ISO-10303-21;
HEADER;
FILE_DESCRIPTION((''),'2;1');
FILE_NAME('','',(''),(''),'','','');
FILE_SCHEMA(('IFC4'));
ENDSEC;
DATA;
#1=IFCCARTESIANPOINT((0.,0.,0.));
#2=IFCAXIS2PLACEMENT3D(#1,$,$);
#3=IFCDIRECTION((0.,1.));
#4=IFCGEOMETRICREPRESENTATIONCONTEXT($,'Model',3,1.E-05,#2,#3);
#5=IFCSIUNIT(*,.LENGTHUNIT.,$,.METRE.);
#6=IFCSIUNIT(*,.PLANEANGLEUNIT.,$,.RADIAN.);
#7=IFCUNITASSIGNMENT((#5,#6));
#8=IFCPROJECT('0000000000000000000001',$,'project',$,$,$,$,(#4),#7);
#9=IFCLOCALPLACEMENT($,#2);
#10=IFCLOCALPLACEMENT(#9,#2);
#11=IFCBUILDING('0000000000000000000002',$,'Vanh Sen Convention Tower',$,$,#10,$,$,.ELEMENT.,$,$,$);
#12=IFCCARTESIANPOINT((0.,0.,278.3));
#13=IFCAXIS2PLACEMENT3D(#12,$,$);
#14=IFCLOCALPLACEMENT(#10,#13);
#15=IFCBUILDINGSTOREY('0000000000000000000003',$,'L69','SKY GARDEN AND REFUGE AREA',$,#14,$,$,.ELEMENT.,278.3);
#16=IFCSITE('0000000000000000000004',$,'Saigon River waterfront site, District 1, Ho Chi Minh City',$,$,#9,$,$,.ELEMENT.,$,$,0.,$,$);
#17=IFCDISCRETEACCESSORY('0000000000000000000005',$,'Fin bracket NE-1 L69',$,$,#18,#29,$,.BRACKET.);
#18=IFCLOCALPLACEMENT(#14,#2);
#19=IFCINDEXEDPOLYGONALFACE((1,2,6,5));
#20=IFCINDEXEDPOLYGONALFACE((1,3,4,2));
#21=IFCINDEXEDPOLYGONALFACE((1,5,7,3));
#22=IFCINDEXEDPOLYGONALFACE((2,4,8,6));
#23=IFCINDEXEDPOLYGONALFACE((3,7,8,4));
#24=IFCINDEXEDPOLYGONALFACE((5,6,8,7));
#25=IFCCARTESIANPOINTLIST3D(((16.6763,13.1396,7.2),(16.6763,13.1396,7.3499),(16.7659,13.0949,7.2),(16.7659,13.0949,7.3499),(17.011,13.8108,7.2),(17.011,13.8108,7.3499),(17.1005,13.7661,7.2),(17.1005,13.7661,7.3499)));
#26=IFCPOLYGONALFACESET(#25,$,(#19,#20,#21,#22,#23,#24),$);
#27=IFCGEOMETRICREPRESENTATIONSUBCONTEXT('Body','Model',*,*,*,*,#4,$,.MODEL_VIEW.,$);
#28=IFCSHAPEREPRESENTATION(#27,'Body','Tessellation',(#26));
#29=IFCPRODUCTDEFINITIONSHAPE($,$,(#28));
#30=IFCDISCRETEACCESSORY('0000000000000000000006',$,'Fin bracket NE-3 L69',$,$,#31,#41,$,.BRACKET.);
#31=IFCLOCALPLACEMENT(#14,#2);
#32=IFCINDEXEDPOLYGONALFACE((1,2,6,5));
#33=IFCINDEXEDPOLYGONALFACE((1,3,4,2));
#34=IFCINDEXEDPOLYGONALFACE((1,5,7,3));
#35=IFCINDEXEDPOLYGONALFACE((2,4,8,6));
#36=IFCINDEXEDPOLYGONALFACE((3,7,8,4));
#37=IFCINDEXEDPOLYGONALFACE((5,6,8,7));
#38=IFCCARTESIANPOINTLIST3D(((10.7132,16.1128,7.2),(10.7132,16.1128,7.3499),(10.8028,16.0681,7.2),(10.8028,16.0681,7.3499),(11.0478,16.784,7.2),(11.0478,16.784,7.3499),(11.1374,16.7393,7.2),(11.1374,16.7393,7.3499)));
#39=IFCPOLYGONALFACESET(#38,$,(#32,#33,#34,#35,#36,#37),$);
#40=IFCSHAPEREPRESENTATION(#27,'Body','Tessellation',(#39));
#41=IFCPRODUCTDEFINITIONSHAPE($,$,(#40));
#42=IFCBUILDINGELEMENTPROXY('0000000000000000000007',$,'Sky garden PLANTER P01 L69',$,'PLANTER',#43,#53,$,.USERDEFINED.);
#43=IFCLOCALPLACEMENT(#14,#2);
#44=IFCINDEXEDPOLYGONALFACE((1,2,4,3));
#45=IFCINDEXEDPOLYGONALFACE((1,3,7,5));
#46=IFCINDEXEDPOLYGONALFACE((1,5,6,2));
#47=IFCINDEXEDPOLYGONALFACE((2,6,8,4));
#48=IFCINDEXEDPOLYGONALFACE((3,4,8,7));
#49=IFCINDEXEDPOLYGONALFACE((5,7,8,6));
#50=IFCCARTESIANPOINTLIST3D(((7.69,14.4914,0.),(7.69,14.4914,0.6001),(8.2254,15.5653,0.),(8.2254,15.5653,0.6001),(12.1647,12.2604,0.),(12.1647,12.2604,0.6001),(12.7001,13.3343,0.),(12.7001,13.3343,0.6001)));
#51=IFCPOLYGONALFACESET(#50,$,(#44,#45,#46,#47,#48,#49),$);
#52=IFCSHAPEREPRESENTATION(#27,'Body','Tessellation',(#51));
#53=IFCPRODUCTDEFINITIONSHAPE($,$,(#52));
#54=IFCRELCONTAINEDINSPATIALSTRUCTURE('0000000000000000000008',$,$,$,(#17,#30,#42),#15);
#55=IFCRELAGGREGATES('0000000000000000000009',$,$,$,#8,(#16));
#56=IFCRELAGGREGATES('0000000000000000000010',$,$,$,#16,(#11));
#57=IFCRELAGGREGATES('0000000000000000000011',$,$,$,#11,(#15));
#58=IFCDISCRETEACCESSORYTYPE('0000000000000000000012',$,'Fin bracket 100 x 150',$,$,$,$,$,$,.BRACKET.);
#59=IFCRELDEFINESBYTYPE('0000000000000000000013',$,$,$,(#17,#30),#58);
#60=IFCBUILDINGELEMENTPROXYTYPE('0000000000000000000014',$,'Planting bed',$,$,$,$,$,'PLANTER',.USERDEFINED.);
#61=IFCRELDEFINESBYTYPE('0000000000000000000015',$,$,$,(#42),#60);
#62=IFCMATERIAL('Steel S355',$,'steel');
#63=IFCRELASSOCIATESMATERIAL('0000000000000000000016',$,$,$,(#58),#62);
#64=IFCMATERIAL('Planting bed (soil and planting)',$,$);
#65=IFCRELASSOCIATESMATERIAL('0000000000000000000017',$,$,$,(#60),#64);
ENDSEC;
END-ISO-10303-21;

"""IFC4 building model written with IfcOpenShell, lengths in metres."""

from ifc_helpers import new_model, si_unit, direction, frame, origin, origin_2d, place, context, subcontext, project, spatial, rectangle, extrude, material, type_object, element, save


model = new_model("IFC4")

# Units and contexts
model_context = context("Model", 3, precision=1e-05, world=origin(), true_north=direction((0.0, 1.0)))
body_context = subcontext(model_context, "Body", "Model", "MODEL_VIEW")
ifc_project = project(units=[si_unit("LENGTHUNIT", "METRE"), si_unit("PLANEANGLEUNIT", "RADIAN")], contexts=[model_context])

# Site, building, storey
site_placement = place(None, origin())
site = spatial("IfcSite", under=ifc_project, at=site_placement, Name="Saigon River waterfront site, District 1, Ho Chi Minh City", CompositionType="ELEMENT", RefElevation=0.0)
building_placement = place(site_placement, origin())
building = spatial("IfcBuilding", under=site, at=building_placement, Name="Vanh Sen Convention Tower", CompositionType="ELEMENT")
storey_placement = place(building_placement, frame((0.0, 0.0, 278.3)))
storey = spatial("IfcBuildingStorey", under=building, at=storey_placement, Name="L69", Description="SKY GARDEN AND REFUGE AREA", CompositionType="ELEMENT", Elevation=278.3)

# Discrete accessories
ifc_material_1 = material(Name="Steel S355", Category="steel")
discrete_accessory_type = type_object("IfcDiscreteAccessoryType", Name="Fin bracket 100 x 150", PredefinedType="BRACKET", material=ifc_material_1)
for number, where, z_axis, x_axis, name in (
    (1, (16.8884, 13.4529, 7.2), (0.0, 0.0, 1.0), (0.446198, 0.894934, 0.0), "Fin bracket NE-1 L69"),
    (2, (10.9253, 16.426, 7.2), (0.0, 0.0, 1.0), (0.446198, 0.894934, 0.0), "Fin bracket NE-3 L69"),
):
    element("IfcDiscreteAccessory", number, at=place(storey_placement, frame(where, z_axis=z_axis, x_axis=x_axis)), inside=storey, type_object=discrete_accessory_type, Name=name, PredefinedType="BRACKET", context=body_context, shape_type="SweptSolid", body=[
        extrude(rectangle(XDim=0.75, YDim=0.1001, at=origin_2d()), origin(), (0.0, 0.0, 1.0), 0.1499),
    ])

# Building element proxy
ifc_material_2 = material(Name="Planting bed (soil and planting)")
building_element_proxy_type = type_object("IfcBuildingElementProxyType", Name="Planting bed", ElementType="PLANTER", PredefinedType="USERDEFINED", material=ifc_material_2)
proxy_placement = place(storey_placement, frame((10.1951, 13.9128, 0.0), z_axis=(0.0, 0.0, 1.0), x_axis=(-0.894934, 0.446198, 0.0)))
element("IfcBuildingElementProxy", 3, at=proxy_placement, inside=storey, type_object=building_element_proxy_type, Name="Sky garden PLANTER P01 L69", ObjectType="PLANTER", PredefinedType="USERDEFINED", context=body_context, shape_type="SweptSolid", body=[
    extrude(rectangle(XDim=5.0, YDim=1.2, at=origin_2d()), origin(), (0.0, 0.0, 1.0), 0.6001),
])

save(model, "model.ifc")
